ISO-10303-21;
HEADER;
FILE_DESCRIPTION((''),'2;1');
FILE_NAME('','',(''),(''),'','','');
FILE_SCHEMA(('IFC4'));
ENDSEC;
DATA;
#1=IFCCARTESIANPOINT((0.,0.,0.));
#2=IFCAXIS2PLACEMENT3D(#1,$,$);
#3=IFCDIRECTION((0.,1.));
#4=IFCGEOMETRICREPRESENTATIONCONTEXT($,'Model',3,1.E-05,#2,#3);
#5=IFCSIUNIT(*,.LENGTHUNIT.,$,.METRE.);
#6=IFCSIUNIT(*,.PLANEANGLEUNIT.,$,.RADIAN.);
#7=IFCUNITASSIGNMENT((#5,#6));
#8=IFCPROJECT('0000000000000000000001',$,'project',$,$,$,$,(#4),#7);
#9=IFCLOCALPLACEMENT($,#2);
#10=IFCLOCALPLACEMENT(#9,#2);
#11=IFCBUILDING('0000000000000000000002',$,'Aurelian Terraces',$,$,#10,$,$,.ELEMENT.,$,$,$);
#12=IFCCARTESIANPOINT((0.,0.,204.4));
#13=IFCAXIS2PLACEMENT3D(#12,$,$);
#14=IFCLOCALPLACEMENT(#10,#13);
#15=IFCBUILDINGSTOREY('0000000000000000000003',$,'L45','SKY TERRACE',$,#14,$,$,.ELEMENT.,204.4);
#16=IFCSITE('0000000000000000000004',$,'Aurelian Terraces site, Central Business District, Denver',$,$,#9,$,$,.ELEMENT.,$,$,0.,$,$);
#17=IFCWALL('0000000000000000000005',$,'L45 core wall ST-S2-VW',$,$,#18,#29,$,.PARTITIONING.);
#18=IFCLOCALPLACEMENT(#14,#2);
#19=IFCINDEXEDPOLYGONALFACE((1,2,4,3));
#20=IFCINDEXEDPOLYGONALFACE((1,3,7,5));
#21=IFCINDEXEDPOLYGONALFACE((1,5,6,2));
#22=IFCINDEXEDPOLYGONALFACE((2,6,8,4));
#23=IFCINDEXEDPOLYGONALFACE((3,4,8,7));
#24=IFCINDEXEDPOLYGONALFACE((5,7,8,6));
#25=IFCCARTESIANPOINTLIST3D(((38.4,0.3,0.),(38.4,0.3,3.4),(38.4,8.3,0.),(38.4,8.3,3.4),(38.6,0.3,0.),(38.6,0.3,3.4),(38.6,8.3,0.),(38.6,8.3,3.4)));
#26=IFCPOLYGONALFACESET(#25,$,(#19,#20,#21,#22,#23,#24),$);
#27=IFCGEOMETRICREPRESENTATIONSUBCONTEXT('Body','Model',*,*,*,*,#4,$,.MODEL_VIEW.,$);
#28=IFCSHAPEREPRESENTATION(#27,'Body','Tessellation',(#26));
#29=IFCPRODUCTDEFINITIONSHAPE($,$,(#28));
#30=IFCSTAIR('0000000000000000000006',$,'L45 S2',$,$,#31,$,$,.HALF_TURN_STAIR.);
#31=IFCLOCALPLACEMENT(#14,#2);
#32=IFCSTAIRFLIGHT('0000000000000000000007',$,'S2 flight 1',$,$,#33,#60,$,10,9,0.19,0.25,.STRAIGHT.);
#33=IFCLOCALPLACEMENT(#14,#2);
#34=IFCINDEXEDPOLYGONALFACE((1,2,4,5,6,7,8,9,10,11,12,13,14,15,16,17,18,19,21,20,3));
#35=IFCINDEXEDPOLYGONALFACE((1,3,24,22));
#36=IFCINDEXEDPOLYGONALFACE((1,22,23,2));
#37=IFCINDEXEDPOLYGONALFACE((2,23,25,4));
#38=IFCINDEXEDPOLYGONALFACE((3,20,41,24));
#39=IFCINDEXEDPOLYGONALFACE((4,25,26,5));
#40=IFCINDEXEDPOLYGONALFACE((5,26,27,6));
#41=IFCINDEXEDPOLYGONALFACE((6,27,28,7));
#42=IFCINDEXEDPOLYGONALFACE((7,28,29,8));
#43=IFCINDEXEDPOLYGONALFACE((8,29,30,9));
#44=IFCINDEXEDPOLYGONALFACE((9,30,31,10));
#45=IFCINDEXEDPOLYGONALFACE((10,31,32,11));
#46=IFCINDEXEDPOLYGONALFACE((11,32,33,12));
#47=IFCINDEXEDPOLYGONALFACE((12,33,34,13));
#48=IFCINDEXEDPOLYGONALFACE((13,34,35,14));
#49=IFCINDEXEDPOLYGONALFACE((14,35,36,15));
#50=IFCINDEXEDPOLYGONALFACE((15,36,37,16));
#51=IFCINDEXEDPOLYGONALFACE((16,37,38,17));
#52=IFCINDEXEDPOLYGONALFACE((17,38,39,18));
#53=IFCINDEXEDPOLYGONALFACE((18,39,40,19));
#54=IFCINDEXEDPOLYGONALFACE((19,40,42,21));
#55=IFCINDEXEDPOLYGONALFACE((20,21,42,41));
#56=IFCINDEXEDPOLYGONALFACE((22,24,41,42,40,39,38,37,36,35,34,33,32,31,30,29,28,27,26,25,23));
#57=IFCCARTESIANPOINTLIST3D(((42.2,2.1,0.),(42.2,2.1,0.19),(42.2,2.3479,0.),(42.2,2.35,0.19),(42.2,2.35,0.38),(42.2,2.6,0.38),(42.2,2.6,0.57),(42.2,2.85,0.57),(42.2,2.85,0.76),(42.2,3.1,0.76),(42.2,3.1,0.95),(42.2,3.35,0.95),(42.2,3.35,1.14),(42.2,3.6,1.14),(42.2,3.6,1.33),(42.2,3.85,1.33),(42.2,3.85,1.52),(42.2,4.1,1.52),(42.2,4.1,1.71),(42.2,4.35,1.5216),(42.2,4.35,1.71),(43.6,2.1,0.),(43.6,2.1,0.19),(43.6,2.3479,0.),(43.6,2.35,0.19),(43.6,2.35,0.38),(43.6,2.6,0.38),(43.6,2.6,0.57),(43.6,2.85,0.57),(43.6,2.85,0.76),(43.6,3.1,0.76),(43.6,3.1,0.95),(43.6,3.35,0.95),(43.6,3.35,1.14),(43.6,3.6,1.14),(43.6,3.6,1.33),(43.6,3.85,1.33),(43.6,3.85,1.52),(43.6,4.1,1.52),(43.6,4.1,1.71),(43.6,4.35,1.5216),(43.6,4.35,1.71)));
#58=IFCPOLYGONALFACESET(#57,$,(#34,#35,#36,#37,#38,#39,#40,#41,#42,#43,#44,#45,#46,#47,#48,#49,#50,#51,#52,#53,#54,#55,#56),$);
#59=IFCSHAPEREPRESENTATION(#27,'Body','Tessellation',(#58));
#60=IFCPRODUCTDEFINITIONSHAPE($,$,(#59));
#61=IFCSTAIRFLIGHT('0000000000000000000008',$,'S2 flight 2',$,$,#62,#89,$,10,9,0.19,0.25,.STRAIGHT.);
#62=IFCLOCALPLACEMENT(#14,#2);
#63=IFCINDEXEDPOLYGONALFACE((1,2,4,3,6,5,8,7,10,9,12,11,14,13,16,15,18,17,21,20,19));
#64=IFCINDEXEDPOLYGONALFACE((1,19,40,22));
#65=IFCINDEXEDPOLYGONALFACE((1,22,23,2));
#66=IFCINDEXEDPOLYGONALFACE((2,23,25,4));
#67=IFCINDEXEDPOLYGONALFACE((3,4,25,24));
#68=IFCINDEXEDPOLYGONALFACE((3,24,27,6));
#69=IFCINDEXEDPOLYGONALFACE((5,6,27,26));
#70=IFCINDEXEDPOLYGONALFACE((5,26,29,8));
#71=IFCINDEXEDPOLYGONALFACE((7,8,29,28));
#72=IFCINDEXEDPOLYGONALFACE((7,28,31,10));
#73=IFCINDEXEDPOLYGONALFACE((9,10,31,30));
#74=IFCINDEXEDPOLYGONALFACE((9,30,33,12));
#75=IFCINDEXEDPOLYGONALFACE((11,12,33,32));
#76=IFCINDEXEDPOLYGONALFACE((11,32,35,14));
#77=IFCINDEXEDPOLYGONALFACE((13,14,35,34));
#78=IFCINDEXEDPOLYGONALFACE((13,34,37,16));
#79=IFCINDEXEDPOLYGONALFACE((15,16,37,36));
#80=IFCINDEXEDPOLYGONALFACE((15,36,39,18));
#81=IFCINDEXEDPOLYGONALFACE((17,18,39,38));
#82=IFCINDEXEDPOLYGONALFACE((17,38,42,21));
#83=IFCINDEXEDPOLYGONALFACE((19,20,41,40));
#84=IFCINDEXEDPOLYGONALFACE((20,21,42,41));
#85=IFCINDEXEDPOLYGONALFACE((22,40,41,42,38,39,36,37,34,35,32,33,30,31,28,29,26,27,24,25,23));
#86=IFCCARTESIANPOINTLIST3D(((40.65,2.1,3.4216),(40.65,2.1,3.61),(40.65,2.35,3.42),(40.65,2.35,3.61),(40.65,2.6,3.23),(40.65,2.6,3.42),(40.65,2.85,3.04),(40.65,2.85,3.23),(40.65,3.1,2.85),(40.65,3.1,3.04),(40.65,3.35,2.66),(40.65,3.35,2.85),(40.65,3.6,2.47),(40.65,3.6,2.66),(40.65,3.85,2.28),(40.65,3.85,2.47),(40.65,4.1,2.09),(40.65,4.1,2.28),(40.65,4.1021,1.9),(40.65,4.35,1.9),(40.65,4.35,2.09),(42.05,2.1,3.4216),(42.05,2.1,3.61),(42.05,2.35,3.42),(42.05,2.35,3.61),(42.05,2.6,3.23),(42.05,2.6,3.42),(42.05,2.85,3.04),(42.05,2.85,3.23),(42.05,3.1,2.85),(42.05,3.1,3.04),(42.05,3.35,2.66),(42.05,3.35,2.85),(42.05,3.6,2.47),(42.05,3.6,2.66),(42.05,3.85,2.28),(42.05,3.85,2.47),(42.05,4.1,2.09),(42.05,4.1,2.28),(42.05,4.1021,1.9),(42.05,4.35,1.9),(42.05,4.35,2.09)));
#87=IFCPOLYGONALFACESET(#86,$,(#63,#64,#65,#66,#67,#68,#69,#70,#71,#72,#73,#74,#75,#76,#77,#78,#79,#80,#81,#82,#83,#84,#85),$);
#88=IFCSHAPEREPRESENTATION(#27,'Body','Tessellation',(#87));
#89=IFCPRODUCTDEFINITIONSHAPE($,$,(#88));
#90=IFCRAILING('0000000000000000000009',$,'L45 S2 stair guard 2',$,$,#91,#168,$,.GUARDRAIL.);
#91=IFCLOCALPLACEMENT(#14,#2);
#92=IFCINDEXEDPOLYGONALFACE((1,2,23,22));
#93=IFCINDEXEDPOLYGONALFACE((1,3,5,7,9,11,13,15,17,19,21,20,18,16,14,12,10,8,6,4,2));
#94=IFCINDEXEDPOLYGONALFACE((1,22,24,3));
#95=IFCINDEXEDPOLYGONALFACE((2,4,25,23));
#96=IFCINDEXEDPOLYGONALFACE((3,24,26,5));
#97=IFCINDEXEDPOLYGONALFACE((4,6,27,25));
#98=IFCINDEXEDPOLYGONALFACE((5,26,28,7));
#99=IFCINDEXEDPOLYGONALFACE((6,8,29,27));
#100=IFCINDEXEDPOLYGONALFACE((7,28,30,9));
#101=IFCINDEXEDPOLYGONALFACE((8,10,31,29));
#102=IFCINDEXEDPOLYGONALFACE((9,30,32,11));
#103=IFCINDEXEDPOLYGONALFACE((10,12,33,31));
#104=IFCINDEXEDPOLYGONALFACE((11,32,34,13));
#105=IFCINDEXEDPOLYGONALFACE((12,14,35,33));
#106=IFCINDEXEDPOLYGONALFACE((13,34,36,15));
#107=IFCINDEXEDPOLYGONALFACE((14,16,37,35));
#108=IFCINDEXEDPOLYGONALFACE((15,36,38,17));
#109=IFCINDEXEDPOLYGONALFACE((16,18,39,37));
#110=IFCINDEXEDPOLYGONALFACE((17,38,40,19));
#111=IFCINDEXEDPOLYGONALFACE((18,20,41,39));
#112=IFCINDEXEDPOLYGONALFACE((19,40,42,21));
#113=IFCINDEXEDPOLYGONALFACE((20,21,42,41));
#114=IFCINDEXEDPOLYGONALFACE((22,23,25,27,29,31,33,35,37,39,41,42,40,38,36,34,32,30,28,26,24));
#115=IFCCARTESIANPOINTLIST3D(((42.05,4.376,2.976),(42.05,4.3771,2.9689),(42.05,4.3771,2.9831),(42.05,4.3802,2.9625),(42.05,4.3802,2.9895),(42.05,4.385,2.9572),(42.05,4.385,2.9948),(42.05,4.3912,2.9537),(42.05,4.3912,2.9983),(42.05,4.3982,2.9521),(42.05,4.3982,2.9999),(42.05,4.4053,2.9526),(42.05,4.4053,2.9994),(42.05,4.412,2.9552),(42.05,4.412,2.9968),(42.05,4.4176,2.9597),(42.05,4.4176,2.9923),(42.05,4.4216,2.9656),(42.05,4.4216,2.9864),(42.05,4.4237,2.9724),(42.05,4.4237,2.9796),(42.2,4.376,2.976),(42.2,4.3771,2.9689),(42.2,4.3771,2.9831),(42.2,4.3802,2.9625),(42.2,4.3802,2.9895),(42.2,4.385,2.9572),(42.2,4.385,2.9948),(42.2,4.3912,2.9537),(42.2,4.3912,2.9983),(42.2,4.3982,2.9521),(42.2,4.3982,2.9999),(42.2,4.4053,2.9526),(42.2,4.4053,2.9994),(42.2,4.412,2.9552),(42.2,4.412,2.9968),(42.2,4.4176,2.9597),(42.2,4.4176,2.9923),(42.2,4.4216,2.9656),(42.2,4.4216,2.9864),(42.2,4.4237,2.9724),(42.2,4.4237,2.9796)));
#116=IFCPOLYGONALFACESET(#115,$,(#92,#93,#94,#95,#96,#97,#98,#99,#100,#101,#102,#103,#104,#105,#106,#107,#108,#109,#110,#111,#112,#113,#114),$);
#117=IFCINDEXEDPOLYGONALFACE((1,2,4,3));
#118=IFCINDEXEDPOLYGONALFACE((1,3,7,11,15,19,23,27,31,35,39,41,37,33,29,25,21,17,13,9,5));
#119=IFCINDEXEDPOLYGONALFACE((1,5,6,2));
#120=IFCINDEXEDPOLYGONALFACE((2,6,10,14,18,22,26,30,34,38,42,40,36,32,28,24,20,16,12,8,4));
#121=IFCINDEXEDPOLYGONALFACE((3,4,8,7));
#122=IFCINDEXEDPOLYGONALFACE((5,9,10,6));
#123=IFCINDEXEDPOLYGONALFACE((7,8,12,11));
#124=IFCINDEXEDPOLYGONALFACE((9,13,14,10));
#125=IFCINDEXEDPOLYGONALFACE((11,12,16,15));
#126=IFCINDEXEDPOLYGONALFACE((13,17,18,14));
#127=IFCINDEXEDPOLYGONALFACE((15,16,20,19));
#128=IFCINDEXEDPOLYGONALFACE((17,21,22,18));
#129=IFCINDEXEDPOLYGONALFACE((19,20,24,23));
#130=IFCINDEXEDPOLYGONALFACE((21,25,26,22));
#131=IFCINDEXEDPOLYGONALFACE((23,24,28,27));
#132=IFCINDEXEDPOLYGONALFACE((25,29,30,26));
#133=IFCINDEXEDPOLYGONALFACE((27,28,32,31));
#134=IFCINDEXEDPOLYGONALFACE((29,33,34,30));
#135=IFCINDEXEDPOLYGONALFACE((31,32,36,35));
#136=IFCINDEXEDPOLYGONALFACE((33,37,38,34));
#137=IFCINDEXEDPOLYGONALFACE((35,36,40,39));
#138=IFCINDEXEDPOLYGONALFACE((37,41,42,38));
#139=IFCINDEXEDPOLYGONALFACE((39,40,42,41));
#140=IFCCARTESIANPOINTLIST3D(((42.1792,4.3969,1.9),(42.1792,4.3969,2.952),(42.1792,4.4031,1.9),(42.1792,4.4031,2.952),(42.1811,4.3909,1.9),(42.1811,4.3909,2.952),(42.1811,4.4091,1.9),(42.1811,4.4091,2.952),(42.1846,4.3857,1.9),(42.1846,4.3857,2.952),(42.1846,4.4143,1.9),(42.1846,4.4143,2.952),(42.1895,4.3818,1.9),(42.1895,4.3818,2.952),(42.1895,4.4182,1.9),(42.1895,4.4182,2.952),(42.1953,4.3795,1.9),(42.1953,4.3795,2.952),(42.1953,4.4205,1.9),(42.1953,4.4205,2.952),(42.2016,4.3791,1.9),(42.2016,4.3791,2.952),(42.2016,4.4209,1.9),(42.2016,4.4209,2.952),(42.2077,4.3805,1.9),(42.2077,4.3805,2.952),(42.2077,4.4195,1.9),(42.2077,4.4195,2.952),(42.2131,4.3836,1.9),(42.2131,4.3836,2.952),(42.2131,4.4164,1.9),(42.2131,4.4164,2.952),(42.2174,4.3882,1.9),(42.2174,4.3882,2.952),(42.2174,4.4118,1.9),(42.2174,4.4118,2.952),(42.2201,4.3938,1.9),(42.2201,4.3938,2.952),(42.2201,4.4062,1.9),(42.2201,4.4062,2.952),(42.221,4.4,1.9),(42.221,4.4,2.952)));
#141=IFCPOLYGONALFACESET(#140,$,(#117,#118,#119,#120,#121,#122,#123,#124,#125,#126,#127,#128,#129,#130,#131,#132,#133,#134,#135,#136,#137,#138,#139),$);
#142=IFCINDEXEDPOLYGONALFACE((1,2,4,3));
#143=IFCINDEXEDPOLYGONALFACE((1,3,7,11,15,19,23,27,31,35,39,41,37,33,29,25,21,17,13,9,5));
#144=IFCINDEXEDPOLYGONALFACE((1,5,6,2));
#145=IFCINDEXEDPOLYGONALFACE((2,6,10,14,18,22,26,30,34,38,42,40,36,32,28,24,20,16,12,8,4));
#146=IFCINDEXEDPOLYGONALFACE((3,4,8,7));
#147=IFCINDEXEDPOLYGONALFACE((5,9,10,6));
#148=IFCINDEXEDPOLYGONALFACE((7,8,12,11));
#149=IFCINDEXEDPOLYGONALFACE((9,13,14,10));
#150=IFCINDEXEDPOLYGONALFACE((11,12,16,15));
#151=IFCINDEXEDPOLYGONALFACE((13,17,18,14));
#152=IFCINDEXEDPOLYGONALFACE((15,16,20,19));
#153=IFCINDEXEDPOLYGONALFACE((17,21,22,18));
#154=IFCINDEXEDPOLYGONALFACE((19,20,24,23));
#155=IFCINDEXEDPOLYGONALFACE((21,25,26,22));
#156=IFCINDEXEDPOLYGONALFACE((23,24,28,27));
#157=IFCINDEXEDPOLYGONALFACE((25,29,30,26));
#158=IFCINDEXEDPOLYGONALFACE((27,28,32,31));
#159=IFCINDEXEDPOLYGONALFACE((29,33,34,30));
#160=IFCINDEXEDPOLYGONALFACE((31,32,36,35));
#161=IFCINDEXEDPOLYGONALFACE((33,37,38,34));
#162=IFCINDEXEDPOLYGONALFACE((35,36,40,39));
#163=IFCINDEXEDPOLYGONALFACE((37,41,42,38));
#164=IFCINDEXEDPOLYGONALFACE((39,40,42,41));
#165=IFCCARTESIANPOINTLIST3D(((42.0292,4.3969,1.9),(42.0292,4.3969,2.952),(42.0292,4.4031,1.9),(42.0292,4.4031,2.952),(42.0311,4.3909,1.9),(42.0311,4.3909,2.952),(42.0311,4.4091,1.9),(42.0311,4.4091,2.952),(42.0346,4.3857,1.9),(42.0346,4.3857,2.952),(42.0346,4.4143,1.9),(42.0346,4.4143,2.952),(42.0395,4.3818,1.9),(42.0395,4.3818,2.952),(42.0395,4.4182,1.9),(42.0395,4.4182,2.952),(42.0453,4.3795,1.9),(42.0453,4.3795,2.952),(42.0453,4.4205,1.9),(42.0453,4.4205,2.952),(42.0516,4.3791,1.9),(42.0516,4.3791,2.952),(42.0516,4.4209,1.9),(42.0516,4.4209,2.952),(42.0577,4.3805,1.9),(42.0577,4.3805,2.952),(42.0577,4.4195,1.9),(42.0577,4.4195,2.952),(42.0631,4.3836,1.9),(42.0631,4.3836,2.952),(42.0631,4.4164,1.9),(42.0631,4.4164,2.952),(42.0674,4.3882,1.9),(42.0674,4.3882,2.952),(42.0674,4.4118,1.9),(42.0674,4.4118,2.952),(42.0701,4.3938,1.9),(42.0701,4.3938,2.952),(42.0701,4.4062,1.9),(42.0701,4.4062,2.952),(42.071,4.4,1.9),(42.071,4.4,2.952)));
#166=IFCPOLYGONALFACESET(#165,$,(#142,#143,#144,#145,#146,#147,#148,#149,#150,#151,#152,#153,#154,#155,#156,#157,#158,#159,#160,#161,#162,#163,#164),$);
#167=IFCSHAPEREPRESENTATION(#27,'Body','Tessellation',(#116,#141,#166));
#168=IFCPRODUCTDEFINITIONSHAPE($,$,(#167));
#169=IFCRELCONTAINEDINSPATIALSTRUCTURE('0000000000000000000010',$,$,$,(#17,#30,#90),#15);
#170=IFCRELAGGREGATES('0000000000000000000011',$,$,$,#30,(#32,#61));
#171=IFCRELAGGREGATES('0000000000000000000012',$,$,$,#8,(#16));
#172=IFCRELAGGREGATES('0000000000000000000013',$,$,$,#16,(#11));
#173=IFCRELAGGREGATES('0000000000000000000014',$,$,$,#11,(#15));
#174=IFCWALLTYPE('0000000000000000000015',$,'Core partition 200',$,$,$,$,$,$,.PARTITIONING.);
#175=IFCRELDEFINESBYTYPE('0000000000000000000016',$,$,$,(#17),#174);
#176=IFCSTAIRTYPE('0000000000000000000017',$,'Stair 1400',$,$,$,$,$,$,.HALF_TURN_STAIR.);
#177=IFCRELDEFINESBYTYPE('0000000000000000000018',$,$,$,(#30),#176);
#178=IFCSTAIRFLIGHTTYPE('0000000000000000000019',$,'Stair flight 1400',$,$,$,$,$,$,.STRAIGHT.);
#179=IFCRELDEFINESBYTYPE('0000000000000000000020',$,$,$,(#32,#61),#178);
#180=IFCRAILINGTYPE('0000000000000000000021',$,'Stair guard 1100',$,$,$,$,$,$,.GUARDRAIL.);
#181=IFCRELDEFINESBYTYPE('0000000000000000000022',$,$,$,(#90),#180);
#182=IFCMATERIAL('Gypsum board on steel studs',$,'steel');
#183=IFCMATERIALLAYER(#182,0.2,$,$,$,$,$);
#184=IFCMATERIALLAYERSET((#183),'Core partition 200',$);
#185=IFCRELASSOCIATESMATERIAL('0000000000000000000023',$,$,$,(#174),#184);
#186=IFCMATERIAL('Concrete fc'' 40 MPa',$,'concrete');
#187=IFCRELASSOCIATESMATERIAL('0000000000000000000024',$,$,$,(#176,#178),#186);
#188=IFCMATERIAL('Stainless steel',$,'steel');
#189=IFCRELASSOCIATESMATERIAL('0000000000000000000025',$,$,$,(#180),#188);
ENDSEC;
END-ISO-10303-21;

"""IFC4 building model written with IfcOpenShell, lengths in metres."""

from ifc_helpers import new_model, si_unit, direction, frame, frame_2d, origin, origin_2d, place, context, subcontext, project, spatial, polyline, rectangle, circle, outline, extrude, source, transform, mapped, material, layer, layer_set, type_object, element, aggregate, save


model = new_model("IFC4")

# Units and contexts
model_context = context("Model", 3, precision=1e-05, world=origin(), true_north=direction((0.0, 1.0)))
body_context = subcontext(model_context, "Body", "Model", "MODEL_VIEW")
ifc_project = project(units=[si_unit("LENGTHUNIT", "METRE"), si_unit("PLANEANGLEUNIT", "RADIAN")], contexts=[model_context])

# Site, building, storey
site_placement = place(None, origin())
site = spatial("IfcSite", under=ifc_project, at=site_placement, Name="Aurelian Terraces site, Central Business District, Denver", CompositionType="ELEMENT", RefElevation=0.0)
building_placement = place(site_placement, origin())
building = spatial("IfcBuilding", under=site, at=building_placement, Name="Aurelian Terraces", CompositionType="ELEMENT")
storey_placement = place(building_placement, frame((0.0, 0.0, 204.4)))
storey = spatial("IfcBuildingStorey", under=building, at=storey_placement, Name="L45", Description="SKY TERRACE", CompositionType="ELEMENT", Elevation=204.4)

# Shared definitions
ifc_material_1 = material(Name="Concrete fc' 40 MPa", Category="concrete")

# Shared definitions
ifc_material_2 = material(Name="Gypsum board on steel studs", Category="steel")
ifc_layer_1 = layer(ifc_material_2, 0.2)
ifc_layer_set_1 = layer_set([ifc_layer_1], Name="Core partition 200")
wall_type_1 = type_object("IfcWallType", Name="Core partition 200", PredefinedType="PARTITIONING", material=ifc_layer_set_1)

# Wall
shared_shape_1 = source(origin(), body_context, "Body", "SweptSolid", [
    extrude(rectangle(XDim=8.0, YDim=0.2, at=frame_2d((4.0, 0.0))), origin(), (0.0, 0.0, 1.0), 3.4),
])
wall_1_placement = place(storey_placement, frame((38.5, 0.3, 0.0), z_axis=(0.0, 0.0, 1.0), x_axis=(0.0, 1.0, 0.0)))
element("IfcWall", 1, at=wall_1_placement, inside=storey, type_object=wall_type_1, Name="L45 core wall ST-S2-VW", PredefinedType="PARTITIONING", context=body_context, shape_type="MappedRepresentation", body=[
    mapped(shared_shape_1, transform((0.0, 0.0, 0.0), scale=1.0)),
])

# Stair, stair flights
stair_type = type_object("IfcStairType", Name="Stair 1400", PredefinedType="HALF_TURN_STAIR", material=ifc_material_1)
stair_placement = place(storey_placement, origin())
stair = element("IfcStair", 2, at=stair_placement, inside=storey, type_object=stair_type, Name="L45 S2", PredefinedType="HALF_TURN_STAIR")
stair_flight_type = type_object("IfcStairFlightType", Name="Stair flight 1400", PredefinedType="STRAIGHT", material=ifc_material_1)
shared_shape_2 = source(origin(), body_context, "Body", "SweptSolid", [
    extrude(outline(polyline([(0.0, 0.0), (0.0, 0.19), (0.25, 0.19), (0.25, 0.38), (0.5, 0.38), (0.5, 0.57), (0.75, 0.57), (0.75, 0.76), (1.0, 0.76), (1.0, 0.95), (1.25, 0.95), (1.25, 1.14), (1.5, 1.14), (1.5, 1.33), (1.75, 1.33), (1.75, 1.52), (2.0, 1.52), (2.0, 1.71), (2.25, 1.71), (2.25, 1.9), (2.25, 1.5216), (0.2479, 0.0), (0.0, 0.0)])), frame((0.0, 0.7, 0.0), z_axis=(0.0, -1.0, 0.0), x_axis=(1.0, 0.0, 0.0)), (0.0, 0.0, 1.0), 1.4),
])
stair_flight_1_placement = place(storey_placement, frame((42.9, 2.1, 0.0), z_axis=(0.0, 0.0, 1.0), x_axis=(0.0, 1.0, 0.0)))
stair_flight_1 = element("IfcStairFlight", 3, at=stair_flight_1_placement, type_object=stair_flight_type, Name="S2 flight 1", NumberOfRisers=10, NumberOfTreads=9, PredefinedType="STRAIGHT", RiserHeight=0.19, TreadLength=0.25, context=body_context, shape_type="MappedRepresentation", body=[
    mapped(shared_shape_2, transform((0.0, 0.0, 0.0), scale=1.0)),
])
stair_flight_2_placement = place(storey_placement, frame((41.35, 4.35, 1.9), z_axis=(0.0, 0.0, 1.0), x_axis=(0.0, -1.0, 0.0)))
stair_flight_2 = element("IfcStairFlight", 4, at=stair_flight_2_placement, type_object=stair_flight_type, Name="S2 flight 2", NumberOfRisers=10, NumberOfTreads=9, PredefinedType="STRAIGHT", RiserHeight=0.19, TreadLength=0.25, context=body_context, shape_type="MappedRepresentation", body=[
    mapped(shared_shape_2, transform((0.0, 0.0, 0.0), scale=1.0)),
])
aggregate(stair, [stair_flight_1, stair_flight_2])

# Railing
ifc_material_3 = material(Name="Stainless steel", Category="steel")
railing_type_1 = type_object("IfcRailingType", Name="Stair guard 1100", PredefinedType="GUARDRAIL", material=ifc_material_3)
shared_shape_3 = source(origin(), body_context, "Body", "SweptSolid", [
    extrude(circle(Radius=0.024, at=origin_2d()), frame((0.0, 0.0, 1.076), z_axis=(-1.0, 0.0, 0.0), x_axis=(0.0, -1.0, 0.0)), (0.0, 0.0, 1.0), 0.15),
    extrude(circle(Radius=0.021, at=origin_2d()), origin(), (0.0, 0.0, 1.0), 1.052),
    extrude(circle(Radius=0.021, at=origin_2d()), frame((-0.15, 0.0, 0.0)), (0.0, 0.0, 1.0), 1.052),
])
for number, where, name in (
    (5, (42.2, 4.4, 1.9), "L45 S2 stair guard 2"),
):
    element("IfcRailing", number, at=place(storey_placement, frame(where)), inside=storey, type_object=railing_type_1, Name=name, PredefinedType="GUARDRAIL", context=body_context, shape_type="MappedRepresentation", body=[
        mapped(shared_shape_3, transform((0.0, 0.0, 0.0), scale=1.0)),
    ])

save(model, "model.ifc")
